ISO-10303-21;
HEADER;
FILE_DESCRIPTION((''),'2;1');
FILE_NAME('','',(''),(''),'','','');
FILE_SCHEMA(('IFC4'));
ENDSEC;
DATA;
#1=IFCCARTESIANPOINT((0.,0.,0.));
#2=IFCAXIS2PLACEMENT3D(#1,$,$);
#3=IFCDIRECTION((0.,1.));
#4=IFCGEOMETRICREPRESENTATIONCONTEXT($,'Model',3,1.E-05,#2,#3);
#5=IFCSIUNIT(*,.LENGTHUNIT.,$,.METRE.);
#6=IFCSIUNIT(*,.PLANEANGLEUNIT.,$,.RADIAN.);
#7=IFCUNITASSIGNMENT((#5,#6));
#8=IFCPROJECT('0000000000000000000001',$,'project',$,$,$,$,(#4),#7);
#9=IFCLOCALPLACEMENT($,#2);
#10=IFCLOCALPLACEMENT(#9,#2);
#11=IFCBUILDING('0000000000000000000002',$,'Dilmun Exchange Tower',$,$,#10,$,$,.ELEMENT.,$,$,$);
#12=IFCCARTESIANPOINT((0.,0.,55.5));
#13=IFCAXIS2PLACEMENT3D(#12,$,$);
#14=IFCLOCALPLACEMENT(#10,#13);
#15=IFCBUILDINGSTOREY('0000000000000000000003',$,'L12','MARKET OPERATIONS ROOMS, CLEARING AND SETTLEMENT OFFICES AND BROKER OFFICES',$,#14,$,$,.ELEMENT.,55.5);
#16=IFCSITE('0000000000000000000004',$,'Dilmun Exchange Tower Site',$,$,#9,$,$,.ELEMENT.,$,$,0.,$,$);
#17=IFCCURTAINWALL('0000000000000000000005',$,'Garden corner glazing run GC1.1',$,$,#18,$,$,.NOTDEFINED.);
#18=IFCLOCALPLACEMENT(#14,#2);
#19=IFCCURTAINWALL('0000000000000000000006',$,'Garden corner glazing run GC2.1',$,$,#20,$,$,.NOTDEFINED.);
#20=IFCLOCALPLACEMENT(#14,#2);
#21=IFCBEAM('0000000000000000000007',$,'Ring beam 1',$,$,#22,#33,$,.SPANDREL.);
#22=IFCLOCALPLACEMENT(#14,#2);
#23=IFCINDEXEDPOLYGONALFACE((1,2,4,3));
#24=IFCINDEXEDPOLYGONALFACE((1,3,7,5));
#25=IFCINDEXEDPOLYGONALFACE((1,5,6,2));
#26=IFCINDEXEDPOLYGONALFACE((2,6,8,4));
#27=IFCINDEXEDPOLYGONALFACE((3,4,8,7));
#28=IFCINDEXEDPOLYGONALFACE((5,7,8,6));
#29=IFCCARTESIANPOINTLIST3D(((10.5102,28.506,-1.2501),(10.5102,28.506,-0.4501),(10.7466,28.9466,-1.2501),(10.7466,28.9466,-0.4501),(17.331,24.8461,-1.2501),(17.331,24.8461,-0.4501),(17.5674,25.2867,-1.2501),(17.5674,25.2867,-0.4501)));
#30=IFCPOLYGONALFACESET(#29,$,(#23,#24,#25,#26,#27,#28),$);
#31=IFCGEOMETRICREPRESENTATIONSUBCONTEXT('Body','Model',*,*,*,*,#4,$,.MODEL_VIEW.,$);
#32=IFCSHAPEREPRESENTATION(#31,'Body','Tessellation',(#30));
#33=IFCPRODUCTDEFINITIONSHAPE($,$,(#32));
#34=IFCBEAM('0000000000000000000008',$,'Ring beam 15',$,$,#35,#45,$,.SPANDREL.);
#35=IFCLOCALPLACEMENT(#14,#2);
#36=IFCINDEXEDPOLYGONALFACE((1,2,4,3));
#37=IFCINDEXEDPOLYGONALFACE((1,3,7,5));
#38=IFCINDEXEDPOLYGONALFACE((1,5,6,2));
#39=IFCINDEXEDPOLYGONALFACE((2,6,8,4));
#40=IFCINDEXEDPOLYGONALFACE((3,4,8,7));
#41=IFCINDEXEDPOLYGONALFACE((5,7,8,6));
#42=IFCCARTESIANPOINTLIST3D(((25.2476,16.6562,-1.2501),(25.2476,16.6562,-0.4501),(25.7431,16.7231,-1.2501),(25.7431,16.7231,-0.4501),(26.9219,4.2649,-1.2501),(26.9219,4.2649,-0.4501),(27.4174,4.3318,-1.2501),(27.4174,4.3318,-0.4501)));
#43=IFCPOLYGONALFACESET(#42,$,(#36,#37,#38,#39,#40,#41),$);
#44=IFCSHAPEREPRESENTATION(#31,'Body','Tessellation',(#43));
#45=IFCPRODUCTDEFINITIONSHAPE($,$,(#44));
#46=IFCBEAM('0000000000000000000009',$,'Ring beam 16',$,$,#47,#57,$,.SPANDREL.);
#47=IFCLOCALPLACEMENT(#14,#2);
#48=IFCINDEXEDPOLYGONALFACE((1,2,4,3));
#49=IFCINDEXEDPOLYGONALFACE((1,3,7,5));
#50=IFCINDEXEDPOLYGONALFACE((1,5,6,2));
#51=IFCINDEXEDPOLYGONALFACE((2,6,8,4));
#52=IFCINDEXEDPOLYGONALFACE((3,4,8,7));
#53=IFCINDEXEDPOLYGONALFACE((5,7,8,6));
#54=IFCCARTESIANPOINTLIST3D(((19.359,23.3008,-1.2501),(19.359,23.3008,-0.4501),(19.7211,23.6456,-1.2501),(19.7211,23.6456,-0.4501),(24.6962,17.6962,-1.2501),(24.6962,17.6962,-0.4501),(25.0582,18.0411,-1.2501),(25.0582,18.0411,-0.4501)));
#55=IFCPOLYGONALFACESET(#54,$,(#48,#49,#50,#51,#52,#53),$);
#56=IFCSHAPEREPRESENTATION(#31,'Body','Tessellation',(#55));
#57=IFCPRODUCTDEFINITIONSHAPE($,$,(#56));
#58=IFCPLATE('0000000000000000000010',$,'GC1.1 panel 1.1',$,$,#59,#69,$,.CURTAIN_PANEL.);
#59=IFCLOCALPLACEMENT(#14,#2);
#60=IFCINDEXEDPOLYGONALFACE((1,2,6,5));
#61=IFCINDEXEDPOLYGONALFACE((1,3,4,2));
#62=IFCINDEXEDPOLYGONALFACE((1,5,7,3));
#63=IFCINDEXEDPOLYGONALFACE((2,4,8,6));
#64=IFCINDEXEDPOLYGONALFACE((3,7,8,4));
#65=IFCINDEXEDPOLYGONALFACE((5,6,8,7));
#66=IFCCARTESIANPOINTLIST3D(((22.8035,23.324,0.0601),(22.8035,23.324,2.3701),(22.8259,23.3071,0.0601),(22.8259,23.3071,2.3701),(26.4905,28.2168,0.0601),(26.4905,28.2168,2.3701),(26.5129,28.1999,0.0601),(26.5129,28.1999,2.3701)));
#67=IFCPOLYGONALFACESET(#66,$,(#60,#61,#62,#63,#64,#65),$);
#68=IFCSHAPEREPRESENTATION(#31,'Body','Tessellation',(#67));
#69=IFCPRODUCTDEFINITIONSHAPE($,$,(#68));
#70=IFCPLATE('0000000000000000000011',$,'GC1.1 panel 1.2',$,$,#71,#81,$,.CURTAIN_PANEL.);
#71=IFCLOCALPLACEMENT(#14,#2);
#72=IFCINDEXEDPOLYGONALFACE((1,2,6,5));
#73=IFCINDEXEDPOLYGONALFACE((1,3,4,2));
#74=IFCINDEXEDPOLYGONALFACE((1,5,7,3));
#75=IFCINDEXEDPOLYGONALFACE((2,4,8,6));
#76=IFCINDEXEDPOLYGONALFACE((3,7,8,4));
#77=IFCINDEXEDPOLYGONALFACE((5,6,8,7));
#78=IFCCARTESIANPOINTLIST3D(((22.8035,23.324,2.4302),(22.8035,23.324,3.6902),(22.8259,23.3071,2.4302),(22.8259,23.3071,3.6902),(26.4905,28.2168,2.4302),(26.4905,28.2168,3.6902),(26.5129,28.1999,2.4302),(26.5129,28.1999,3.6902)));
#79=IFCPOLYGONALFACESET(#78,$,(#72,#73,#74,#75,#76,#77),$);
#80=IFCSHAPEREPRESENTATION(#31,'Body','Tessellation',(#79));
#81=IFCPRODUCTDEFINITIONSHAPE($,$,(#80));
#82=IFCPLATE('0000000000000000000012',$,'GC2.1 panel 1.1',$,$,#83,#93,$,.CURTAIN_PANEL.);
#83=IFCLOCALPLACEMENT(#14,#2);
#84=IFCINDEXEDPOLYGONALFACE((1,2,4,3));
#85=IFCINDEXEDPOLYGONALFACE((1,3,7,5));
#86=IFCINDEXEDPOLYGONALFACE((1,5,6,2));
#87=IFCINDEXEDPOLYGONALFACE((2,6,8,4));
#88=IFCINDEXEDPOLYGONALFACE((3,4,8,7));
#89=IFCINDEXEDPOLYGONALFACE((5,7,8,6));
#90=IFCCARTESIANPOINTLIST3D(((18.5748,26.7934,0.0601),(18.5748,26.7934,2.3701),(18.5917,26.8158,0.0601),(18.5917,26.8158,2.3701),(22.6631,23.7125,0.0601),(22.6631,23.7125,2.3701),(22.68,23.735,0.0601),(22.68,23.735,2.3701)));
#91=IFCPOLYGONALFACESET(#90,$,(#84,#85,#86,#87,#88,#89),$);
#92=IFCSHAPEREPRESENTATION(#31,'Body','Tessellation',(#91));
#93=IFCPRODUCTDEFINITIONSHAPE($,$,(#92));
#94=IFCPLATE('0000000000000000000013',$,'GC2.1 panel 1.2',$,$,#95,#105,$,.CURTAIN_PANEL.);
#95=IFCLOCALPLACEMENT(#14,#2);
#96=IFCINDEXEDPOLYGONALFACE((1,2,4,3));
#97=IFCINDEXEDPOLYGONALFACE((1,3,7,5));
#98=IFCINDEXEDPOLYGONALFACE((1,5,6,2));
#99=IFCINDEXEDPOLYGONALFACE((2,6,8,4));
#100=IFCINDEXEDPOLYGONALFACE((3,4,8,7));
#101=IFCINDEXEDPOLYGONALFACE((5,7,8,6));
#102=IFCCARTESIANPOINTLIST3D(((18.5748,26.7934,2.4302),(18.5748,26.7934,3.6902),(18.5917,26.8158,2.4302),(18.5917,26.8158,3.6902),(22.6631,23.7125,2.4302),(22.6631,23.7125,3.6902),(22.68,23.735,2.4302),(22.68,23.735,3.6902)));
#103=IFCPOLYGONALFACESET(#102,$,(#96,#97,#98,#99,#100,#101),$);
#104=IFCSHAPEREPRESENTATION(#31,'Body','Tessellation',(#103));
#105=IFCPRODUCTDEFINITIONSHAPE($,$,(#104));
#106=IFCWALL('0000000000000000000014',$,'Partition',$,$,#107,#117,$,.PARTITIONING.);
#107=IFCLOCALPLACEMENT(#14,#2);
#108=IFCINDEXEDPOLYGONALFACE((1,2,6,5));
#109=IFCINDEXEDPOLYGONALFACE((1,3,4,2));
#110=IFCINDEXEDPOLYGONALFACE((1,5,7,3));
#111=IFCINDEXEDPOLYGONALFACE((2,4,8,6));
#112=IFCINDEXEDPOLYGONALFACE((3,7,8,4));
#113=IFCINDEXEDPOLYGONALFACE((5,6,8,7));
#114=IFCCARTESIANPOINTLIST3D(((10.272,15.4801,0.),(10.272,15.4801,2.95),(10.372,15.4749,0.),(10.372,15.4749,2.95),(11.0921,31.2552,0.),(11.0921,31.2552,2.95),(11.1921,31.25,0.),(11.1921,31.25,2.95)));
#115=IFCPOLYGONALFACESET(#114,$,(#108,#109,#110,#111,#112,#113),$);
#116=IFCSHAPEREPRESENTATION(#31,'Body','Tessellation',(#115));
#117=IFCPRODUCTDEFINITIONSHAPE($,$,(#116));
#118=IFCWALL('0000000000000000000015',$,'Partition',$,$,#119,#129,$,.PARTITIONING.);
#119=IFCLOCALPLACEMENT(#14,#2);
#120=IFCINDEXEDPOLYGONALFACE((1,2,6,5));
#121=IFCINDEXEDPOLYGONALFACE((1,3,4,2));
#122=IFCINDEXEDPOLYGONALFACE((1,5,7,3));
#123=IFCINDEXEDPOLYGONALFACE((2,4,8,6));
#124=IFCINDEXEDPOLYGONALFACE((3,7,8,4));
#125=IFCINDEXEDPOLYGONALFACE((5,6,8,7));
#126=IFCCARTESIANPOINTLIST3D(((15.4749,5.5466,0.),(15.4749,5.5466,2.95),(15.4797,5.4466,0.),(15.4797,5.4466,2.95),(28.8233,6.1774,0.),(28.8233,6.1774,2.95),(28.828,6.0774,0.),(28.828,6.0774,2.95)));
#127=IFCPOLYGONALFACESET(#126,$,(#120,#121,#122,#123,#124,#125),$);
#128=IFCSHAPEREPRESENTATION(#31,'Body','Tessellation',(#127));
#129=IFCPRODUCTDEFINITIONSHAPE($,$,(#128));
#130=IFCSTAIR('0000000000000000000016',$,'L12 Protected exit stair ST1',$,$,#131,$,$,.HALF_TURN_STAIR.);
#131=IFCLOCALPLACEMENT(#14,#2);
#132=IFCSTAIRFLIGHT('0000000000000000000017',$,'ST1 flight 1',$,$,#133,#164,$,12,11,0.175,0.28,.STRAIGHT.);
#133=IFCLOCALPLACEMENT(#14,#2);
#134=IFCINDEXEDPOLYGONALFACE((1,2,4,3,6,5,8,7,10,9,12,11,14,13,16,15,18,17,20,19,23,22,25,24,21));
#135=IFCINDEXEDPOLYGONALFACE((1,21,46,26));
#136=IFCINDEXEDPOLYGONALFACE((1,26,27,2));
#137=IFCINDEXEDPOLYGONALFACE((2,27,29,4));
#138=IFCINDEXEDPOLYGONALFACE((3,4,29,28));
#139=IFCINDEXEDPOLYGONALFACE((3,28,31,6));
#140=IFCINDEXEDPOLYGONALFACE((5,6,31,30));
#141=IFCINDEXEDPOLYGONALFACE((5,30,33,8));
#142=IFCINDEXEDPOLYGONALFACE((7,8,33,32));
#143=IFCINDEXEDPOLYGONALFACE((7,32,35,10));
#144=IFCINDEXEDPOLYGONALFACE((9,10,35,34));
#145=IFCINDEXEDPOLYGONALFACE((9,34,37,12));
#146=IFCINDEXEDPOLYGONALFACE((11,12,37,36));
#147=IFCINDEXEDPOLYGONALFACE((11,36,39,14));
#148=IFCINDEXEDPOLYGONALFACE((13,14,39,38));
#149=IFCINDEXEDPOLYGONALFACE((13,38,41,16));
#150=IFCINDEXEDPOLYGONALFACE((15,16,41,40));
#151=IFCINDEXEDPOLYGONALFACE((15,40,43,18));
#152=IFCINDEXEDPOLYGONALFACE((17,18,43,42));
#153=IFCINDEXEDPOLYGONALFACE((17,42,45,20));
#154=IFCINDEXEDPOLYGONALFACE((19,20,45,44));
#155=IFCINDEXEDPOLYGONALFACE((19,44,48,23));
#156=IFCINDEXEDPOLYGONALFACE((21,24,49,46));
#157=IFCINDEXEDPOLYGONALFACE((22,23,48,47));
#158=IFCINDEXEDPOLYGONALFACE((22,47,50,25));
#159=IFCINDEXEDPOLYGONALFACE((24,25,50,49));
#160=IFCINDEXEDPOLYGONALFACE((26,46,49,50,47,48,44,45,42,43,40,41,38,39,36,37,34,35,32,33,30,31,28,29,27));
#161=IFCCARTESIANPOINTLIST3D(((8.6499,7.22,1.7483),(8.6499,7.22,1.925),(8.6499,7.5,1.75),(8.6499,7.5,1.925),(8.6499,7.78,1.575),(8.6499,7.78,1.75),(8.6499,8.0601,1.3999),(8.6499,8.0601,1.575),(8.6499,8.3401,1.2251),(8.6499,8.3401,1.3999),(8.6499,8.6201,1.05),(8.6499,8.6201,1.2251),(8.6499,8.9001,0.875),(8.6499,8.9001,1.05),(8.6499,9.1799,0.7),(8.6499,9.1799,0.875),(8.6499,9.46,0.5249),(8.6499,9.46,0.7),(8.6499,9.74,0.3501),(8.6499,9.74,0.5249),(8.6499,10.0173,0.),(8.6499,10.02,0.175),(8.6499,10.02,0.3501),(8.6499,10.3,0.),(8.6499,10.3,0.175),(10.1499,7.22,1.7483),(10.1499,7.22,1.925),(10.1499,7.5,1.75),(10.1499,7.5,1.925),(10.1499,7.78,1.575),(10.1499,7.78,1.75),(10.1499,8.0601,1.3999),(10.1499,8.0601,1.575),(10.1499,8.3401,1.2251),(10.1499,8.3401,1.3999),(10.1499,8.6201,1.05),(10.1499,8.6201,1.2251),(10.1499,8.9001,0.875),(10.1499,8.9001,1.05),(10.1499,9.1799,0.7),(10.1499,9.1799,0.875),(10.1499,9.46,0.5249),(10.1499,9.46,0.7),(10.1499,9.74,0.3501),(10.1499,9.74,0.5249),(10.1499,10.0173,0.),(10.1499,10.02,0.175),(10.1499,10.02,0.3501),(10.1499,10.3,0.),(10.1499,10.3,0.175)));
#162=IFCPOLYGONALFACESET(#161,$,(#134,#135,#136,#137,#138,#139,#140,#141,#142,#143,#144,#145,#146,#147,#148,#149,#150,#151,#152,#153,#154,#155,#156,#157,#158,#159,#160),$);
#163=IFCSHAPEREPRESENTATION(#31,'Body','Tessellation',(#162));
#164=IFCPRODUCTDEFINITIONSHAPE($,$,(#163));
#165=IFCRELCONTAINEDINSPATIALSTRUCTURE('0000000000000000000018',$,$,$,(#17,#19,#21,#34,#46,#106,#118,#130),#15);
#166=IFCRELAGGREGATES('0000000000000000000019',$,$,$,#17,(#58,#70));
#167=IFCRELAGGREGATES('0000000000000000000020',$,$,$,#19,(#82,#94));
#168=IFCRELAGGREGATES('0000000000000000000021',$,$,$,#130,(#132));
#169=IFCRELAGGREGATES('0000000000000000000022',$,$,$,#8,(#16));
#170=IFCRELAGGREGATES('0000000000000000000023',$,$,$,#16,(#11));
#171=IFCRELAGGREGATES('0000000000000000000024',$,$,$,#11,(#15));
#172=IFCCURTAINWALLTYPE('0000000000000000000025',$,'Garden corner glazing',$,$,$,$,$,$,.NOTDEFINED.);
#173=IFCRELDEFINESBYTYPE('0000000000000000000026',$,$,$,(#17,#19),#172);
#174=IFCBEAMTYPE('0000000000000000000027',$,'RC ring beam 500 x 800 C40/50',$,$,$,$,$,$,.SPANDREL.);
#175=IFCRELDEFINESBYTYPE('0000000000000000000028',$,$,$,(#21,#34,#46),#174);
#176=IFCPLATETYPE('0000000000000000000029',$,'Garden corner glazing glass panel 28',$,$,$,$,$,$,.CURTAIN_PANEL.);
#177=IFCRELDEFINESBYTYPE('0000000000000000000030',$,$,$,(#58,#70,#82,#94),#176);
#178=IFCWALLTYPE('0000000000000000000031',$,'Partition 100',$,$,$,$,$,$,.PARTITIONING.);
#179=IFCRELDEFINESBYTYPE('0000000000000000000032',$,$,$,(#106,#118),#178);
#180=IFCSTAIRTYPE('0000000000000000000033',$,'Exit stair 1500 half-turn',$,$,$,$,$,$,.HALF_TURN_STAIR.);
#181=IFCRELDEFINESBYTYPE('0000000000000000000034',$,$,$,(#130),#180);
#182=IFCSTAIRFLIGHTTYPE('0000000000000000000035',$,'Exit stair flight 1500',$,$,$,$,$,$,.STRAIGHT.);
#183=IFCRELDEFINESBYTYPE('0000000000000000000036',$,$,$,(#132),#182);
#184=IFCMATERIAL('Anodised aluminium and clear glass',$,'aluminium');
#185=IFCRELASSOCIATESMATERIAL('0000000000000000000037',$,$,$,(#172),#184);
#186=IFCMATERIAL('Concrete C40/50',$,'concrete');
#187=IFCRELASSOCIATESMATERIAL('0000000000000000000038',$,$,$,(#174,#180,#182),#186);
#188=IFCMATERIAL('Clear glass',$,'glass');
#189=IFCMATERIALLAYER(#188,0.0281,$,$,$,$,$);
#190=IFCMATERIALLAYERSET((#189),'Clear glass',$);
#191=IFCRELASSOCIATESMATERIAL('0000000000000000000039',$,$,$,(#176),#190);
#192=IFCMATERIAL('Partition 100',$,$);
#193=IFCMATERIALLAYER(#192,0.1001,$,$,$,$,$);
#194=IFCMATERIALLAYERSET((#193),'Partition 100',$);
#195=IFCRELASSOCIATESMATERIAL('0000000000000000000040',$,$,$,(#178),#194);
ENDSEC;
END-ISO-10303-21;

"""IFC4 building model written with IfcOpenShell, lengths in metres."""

from ifc_helpers import new_model, si_unit, direction, frame, frame_2d, origin, origin_2d, place, context, subcontext, project, spatial, polyline, rectangle, outline, extrude, material, layer, layer_set, material_profile, profile_set, type_object, element, aggregate, save


model = new_model("IFC4")

# Units and contexts
model_context = context("Model", 3, precision=1e-05, world=origin(), true_north=direction((0.0, 1.0)))
body_context = subcontext(model_context, "Body", "Model", "MODEL_VIEW")
ifc_project = project(units=[si_unit("LENGTHUNIT", "METRE"), si_unit("PLANEANGLEUNIT", "RADIAN")], contexts=[model_context])

# Site, building, storey
site_placement = place(None, origin())
site = spatial("IfcSite", under=ifc_project, at=site_placement, Name="Dilmun Exchange Tower Site", CompositionType="ELEMENT", RefElevation=0.0)
building_placement = place(site_placement, origin())
building = spatial("IfcBuilding", under=site, at=building_placement, Name="Dilmun Exchange Tower", CompositionType="ELEMENT")
storey_placement = place(building_placement, frame((0.0, 0.0, 55.5)))
storey = spatial("IfcBuildingStorey", under=building, at=storey_placement, Name="L12", Description="MARKET OPERATIONS ROOMS, CLEARING AND SETTLEMENT OFFICES AND BROKER OFFICES", CompositionType="ELEMENT", Elevation=55.5)

# Curtain wall
ifc_material_1 = material(Name="Anodised aluminium and clear glass", Category="aluminium")
curtain_wall_type = type_object("IfcCurtainWallType", Name="Garden corner glazing", PredefinedType="NOTDEFINED", material=ifc_material_1)
curtain_wall_1_placement = place(storey_placement, origin())
curtain_wall_1 = element("IfcCurtainWall", 1, at=curtain_wall_1_placement, inside=storey, type_object=curtain_wall_type, Name="Garden corner glazing run GC1.1", PredefinedType="NOTDEFINED")

# Curtain wall
curtain_wall_2_placement = place(storey_placement, origin())
curtain_wall_2 = element("IfcCurtainWall", 2, at=curtain_wall_2_placement, inside=storey, type_object=curtain_wall_type, Name="Garden corner glazing run GC2.1", PredefinedType="NOTDEFINED")

# Beams
ifc_material_2 = material(Name="Concrete C40/50", Category="concrete")
ifc_material_profile_1 = material_profile(ifc_material_2, rectangle(XDim=0.5, YDim=0.8, at=origin_2d()), Name="500 x 800")
ifc_profile_set_1 = profile_set([ifc_material_profile_1], Name="Concrete C40/50")
beam_type_1 = type_object("IfcBeamType", Name="RC ring beam 500 x 800 C40/50", PredefinedType="SPANDREL", material=ifc_profile_set_1)
beam_1_placement = place(storey_placement, frame((17.4492, 25.0664, -0.8501), z_axis=(-0.881162, 0.472815, 0.0), x_axis=(-0.472815, -0.881162, 0.0)))
element("IfcBeam", 3, at=beam_1_placement, inside=storey, type_object=beam_type_1, Name="Ring beam 1", PredefinedType="SPANDREL", context=body_context, shape_type="SweptSolid", body=[
    extrude(rectangle(XDim=0.5, YDim=0.8, at=origin_2d()), origin(), (0.0, 0.0, 1.0), 7.7407),
])
beam_2_placement = place(storey_placement, frame((27.1697, 4.2983, -0.8501), z_axis=(-0.133903, 0.990994, 0.0), x_axis=(-0.990994, -0.133903, 0.0)))
element("IfcBeam", 4, at=beam_2_placement, inside=storey, type_object=beam_type_1, Name="Ring beam 15", PredefinedType="SPANDREL", context=body_context, shape_type="SweptSolid", body=[
    extrude(rectangle(XDim=0.5, YDim=0.8, at=origin_2d()), origin(), (0.0, 0.0, 1.0), 12.5039),
])
beam_3_placement = place(storey_placement, frame((24.8772, 17.8687, -0.8501), z_axis=(-0.689624, 0.724167, 0.0), x_axis=(-0.724167, -0.689624, 0.0)))
element("IfcBeam", 5, at=beam_3_placement, inside=storey, type_object=beam_type_1, Name="Ring beam 16", PredefinedType="SPANDREL", context=body_context, shape_type="SweptSolid", body=[
    extrude(rectangle(XDim=0.5, YDim=0.8, at=origin_2d()), origin(), (0.0, 0.0, 1.0), 7.7393),
])

# Plates
ifc_material_3 = material(Name="Clear glass", Category="glass")
ifc_layer_1 = layer(ifc_material_3, 0.0281)
ifc_layer_set_1 = layer_set([ifc_layer_1], Name="Clear glass")
plate_type = type_object("IfcPlateType", Name="Garden corner glazing glass panel 28", PredefinedType="CURTAIN_PANEL", material=ifc_layer_set_1)
plate_1_placement = place(storey_placement, frame((24.6582, 25.762, 0.0601), z_axis=(0.0, 0.0, 1.0), x_axis=(-0.601817, -0.798634, 0.0)))
plate_1 = element("IfcPlate", 6, at=plate_1_placement, type_object=plate_type, Name="GC1.1 panel 1.1", PredefinedType="CURTAIN_PANEL", context=body_context, shape_type="SweptSolid", body=[
    extrude(rectangle(XDim=6.1265, YDim=0.0281, at=origin_2d()), origin(), (0.0, 0.0, 1.0), 2.3101),
])
plate_2_placement = place(storey_placement, frame((24.6582, 25.762, 2.4302), z_axis=(0.0, 0.0, 1.0), x_axis=(-0.601817, -0.798634, 0.0)))
plate_2 = element("IfcPlate", 7, at=plate_2_placement, type_object=plate_type, Name="GC1.1 panel 1.2", PredefinedType="CURTAIN_PANEL", context=body_context, shape_type="SweptSolid", body=[
    extrude(rectangle(XDim=6.1265, YDim=0.0281, at=origin_2d()), origin(), (0.0, 0.0, 1.0), 1.26),
])
aggregate(curtain_wall_1, [plate_1, plate_2])
plate_3_placement = place(storey_placement, frame((20.6274, 25.2642, 0.0601), z_axis=(0.0, 0.0, 1.0), x_axis=(-0.798631, 0.601822, 0.0)))
plate_3 = element("IfcPlate", 8, at=plate_3_placement, type_object=plate_type, Name="GC2.1 panel 1.1", PredefinedType="CURTAIN_PANEL", context=body_context, shape_type="SweptSolid", body=[
    extrude(rectangle(XDim=5.1191, YDim=0.0281, at=origin_2d()), origin(), (0.0, 0.0, 1.0), 2.3101),
])
plate_4_placement = place(storey_placement, frame((20.6274, 25.2642, 2.4302), z_axis=(0.0, 0.0, 1.0), x_axis=(-0.798631, 0.601822, 0.0)))
plate_4 = element("IfcPlate", 9, at=plate_4_placement, type_object=plate_type, Name="GC2.1 panel 1.2", PredefinedType="CURTAIN_PANEL", context=body_context, shape_type="SweptSolid", body=[
    extrude(rectangle(XDim=5.1191, YDim=0.0281, at=origin_2d()), origin(), (0.0, 0.0, 1.0), 1.26),
])
aggregate(curtain_wall_2, [plate_3, plate_4])

# Walls
ifc_material_4 = material(Name="Partition 100")
ifc_layer_2 = layer(ifc_material_4, 0.1001)
ifc_layer_set_2 = layer_set([ifc_layer_2], Name="Partition 100")
wall_type = type_object("IfcWallType", Name="Partition 100", PredefinedType="PARTITIONING", material=ifc_layer_set_2)
wall_1_placement = place(storey_placement, frame((10.322, 15.4775, 0.0), z_axis=(0.0, 0.0, 1.0), x_axis=(0.051915, 0.998652, 0.0)))
element("IfcWall", 10, at=wall_1_placement, inside=storey, type_object=wall_type, Name="Partition", PredefinedType="PARTITIONING", context=body_context, shape_type="SweptSolid", body=[
    extrude(rectangle(XDim=15.7964, YDim=0.1001, at=frame_2d((7.8982, 0.0))), origin(), (0.0, 0.0, 1.0), 2.95),
])
wall_2_placement = place(storey_placement, frame((15.4773, 5.4966, 0.0), z_axis=(0.0, 0.0, 1.0), x_axis=(0.998885, 0.047208, 0.0)))
element("IfcWall", 11, at=wall_2_placement, inside=storey, type_object=wall_type, Name="Partition", PredefinedType="PARTITIONING", context=body_context, shape_type="SweptSolid", body=[
    extrude(rectangle(XDim=13.3633, YDim=0.1001, at=frame_2d((6.6816, 0.0))), origin(), (0.0, 0.0, 1.0), 2.95),
])

# Stair, stair flight
stair_type = type_object("IfcStairType", Name="Exit stair 1500 half-turn", PredefinedType="HALF_TURN_STAIR", material=ifc_material_2)
stair_placement = place(storey_placement, origin())
stair = element("IfcStair", 12, at=stair_placement, inside=storey, type_object=stair_type, Name="L12 Protected exit stair ST1", PredefinedType="HALF_TURN_STAIR")
stair_flight_type = type_object("IfcStairFlightType", Name="Exit stair flight 1500", PredefinedType="STRAIGHT", material=ifc_material_2)
stair_flight_1_placement = place(storey_placement, frame((9.3999, 10.3, 0.0), z_axis=(0.0, 0.0, 1.0), x_axis=(0.0, -1.0, 0.0)))
stair_flight_1 = element("IfcStairFlight", 13, at=stair_flight_1_placement, type_object=stair_flight_type, Name="ST1 flight 1", NumberOfRisers=12, NumberOfTreads=11, PredefinedType="STRAIGHT", RiserHeight=0.175, TreadLength=0.28, context=body_context, shape_type="SweptSolid", body=[
    extrude(outline(polyline([(0.0, 0.0), (0.0, 0.175), (0.28, 0.175), (0.28, 0.3501), (0.5601, 0.3501), (0.5601, 0.5249), (0.8401, 0.5249), (0.8401, 0.7), (1.1201, 0.7), (1.1201, 0.875), (1.3999, 0.875), (1.3999, 1.05), (1.6799, 1.05), (1.6799, 1.2251), (1.96, 1.2251), (1.96, 1.3999), (2.24, 1.3999), (2.24, 1.575), (2.52, 1.575), (2.52, 1.75), (2.8, 1.75), (2.8, 1.925), (3.0801, 1.925), (3.0801, 2.1001), (3.0801, 1.7483), (0.2827, 0.0), (0.0, 0.0)])), frame((0.0, 0.75, 0.0), z_axis=(0.0, -1.0, 0.0), x_axis=(1.0, 0.0, 0.0)), (0.0, 0.0, 1.0), 1.5),
])
aggregate(stair, [stair_flight_1])

save(model, "model.ifc")
